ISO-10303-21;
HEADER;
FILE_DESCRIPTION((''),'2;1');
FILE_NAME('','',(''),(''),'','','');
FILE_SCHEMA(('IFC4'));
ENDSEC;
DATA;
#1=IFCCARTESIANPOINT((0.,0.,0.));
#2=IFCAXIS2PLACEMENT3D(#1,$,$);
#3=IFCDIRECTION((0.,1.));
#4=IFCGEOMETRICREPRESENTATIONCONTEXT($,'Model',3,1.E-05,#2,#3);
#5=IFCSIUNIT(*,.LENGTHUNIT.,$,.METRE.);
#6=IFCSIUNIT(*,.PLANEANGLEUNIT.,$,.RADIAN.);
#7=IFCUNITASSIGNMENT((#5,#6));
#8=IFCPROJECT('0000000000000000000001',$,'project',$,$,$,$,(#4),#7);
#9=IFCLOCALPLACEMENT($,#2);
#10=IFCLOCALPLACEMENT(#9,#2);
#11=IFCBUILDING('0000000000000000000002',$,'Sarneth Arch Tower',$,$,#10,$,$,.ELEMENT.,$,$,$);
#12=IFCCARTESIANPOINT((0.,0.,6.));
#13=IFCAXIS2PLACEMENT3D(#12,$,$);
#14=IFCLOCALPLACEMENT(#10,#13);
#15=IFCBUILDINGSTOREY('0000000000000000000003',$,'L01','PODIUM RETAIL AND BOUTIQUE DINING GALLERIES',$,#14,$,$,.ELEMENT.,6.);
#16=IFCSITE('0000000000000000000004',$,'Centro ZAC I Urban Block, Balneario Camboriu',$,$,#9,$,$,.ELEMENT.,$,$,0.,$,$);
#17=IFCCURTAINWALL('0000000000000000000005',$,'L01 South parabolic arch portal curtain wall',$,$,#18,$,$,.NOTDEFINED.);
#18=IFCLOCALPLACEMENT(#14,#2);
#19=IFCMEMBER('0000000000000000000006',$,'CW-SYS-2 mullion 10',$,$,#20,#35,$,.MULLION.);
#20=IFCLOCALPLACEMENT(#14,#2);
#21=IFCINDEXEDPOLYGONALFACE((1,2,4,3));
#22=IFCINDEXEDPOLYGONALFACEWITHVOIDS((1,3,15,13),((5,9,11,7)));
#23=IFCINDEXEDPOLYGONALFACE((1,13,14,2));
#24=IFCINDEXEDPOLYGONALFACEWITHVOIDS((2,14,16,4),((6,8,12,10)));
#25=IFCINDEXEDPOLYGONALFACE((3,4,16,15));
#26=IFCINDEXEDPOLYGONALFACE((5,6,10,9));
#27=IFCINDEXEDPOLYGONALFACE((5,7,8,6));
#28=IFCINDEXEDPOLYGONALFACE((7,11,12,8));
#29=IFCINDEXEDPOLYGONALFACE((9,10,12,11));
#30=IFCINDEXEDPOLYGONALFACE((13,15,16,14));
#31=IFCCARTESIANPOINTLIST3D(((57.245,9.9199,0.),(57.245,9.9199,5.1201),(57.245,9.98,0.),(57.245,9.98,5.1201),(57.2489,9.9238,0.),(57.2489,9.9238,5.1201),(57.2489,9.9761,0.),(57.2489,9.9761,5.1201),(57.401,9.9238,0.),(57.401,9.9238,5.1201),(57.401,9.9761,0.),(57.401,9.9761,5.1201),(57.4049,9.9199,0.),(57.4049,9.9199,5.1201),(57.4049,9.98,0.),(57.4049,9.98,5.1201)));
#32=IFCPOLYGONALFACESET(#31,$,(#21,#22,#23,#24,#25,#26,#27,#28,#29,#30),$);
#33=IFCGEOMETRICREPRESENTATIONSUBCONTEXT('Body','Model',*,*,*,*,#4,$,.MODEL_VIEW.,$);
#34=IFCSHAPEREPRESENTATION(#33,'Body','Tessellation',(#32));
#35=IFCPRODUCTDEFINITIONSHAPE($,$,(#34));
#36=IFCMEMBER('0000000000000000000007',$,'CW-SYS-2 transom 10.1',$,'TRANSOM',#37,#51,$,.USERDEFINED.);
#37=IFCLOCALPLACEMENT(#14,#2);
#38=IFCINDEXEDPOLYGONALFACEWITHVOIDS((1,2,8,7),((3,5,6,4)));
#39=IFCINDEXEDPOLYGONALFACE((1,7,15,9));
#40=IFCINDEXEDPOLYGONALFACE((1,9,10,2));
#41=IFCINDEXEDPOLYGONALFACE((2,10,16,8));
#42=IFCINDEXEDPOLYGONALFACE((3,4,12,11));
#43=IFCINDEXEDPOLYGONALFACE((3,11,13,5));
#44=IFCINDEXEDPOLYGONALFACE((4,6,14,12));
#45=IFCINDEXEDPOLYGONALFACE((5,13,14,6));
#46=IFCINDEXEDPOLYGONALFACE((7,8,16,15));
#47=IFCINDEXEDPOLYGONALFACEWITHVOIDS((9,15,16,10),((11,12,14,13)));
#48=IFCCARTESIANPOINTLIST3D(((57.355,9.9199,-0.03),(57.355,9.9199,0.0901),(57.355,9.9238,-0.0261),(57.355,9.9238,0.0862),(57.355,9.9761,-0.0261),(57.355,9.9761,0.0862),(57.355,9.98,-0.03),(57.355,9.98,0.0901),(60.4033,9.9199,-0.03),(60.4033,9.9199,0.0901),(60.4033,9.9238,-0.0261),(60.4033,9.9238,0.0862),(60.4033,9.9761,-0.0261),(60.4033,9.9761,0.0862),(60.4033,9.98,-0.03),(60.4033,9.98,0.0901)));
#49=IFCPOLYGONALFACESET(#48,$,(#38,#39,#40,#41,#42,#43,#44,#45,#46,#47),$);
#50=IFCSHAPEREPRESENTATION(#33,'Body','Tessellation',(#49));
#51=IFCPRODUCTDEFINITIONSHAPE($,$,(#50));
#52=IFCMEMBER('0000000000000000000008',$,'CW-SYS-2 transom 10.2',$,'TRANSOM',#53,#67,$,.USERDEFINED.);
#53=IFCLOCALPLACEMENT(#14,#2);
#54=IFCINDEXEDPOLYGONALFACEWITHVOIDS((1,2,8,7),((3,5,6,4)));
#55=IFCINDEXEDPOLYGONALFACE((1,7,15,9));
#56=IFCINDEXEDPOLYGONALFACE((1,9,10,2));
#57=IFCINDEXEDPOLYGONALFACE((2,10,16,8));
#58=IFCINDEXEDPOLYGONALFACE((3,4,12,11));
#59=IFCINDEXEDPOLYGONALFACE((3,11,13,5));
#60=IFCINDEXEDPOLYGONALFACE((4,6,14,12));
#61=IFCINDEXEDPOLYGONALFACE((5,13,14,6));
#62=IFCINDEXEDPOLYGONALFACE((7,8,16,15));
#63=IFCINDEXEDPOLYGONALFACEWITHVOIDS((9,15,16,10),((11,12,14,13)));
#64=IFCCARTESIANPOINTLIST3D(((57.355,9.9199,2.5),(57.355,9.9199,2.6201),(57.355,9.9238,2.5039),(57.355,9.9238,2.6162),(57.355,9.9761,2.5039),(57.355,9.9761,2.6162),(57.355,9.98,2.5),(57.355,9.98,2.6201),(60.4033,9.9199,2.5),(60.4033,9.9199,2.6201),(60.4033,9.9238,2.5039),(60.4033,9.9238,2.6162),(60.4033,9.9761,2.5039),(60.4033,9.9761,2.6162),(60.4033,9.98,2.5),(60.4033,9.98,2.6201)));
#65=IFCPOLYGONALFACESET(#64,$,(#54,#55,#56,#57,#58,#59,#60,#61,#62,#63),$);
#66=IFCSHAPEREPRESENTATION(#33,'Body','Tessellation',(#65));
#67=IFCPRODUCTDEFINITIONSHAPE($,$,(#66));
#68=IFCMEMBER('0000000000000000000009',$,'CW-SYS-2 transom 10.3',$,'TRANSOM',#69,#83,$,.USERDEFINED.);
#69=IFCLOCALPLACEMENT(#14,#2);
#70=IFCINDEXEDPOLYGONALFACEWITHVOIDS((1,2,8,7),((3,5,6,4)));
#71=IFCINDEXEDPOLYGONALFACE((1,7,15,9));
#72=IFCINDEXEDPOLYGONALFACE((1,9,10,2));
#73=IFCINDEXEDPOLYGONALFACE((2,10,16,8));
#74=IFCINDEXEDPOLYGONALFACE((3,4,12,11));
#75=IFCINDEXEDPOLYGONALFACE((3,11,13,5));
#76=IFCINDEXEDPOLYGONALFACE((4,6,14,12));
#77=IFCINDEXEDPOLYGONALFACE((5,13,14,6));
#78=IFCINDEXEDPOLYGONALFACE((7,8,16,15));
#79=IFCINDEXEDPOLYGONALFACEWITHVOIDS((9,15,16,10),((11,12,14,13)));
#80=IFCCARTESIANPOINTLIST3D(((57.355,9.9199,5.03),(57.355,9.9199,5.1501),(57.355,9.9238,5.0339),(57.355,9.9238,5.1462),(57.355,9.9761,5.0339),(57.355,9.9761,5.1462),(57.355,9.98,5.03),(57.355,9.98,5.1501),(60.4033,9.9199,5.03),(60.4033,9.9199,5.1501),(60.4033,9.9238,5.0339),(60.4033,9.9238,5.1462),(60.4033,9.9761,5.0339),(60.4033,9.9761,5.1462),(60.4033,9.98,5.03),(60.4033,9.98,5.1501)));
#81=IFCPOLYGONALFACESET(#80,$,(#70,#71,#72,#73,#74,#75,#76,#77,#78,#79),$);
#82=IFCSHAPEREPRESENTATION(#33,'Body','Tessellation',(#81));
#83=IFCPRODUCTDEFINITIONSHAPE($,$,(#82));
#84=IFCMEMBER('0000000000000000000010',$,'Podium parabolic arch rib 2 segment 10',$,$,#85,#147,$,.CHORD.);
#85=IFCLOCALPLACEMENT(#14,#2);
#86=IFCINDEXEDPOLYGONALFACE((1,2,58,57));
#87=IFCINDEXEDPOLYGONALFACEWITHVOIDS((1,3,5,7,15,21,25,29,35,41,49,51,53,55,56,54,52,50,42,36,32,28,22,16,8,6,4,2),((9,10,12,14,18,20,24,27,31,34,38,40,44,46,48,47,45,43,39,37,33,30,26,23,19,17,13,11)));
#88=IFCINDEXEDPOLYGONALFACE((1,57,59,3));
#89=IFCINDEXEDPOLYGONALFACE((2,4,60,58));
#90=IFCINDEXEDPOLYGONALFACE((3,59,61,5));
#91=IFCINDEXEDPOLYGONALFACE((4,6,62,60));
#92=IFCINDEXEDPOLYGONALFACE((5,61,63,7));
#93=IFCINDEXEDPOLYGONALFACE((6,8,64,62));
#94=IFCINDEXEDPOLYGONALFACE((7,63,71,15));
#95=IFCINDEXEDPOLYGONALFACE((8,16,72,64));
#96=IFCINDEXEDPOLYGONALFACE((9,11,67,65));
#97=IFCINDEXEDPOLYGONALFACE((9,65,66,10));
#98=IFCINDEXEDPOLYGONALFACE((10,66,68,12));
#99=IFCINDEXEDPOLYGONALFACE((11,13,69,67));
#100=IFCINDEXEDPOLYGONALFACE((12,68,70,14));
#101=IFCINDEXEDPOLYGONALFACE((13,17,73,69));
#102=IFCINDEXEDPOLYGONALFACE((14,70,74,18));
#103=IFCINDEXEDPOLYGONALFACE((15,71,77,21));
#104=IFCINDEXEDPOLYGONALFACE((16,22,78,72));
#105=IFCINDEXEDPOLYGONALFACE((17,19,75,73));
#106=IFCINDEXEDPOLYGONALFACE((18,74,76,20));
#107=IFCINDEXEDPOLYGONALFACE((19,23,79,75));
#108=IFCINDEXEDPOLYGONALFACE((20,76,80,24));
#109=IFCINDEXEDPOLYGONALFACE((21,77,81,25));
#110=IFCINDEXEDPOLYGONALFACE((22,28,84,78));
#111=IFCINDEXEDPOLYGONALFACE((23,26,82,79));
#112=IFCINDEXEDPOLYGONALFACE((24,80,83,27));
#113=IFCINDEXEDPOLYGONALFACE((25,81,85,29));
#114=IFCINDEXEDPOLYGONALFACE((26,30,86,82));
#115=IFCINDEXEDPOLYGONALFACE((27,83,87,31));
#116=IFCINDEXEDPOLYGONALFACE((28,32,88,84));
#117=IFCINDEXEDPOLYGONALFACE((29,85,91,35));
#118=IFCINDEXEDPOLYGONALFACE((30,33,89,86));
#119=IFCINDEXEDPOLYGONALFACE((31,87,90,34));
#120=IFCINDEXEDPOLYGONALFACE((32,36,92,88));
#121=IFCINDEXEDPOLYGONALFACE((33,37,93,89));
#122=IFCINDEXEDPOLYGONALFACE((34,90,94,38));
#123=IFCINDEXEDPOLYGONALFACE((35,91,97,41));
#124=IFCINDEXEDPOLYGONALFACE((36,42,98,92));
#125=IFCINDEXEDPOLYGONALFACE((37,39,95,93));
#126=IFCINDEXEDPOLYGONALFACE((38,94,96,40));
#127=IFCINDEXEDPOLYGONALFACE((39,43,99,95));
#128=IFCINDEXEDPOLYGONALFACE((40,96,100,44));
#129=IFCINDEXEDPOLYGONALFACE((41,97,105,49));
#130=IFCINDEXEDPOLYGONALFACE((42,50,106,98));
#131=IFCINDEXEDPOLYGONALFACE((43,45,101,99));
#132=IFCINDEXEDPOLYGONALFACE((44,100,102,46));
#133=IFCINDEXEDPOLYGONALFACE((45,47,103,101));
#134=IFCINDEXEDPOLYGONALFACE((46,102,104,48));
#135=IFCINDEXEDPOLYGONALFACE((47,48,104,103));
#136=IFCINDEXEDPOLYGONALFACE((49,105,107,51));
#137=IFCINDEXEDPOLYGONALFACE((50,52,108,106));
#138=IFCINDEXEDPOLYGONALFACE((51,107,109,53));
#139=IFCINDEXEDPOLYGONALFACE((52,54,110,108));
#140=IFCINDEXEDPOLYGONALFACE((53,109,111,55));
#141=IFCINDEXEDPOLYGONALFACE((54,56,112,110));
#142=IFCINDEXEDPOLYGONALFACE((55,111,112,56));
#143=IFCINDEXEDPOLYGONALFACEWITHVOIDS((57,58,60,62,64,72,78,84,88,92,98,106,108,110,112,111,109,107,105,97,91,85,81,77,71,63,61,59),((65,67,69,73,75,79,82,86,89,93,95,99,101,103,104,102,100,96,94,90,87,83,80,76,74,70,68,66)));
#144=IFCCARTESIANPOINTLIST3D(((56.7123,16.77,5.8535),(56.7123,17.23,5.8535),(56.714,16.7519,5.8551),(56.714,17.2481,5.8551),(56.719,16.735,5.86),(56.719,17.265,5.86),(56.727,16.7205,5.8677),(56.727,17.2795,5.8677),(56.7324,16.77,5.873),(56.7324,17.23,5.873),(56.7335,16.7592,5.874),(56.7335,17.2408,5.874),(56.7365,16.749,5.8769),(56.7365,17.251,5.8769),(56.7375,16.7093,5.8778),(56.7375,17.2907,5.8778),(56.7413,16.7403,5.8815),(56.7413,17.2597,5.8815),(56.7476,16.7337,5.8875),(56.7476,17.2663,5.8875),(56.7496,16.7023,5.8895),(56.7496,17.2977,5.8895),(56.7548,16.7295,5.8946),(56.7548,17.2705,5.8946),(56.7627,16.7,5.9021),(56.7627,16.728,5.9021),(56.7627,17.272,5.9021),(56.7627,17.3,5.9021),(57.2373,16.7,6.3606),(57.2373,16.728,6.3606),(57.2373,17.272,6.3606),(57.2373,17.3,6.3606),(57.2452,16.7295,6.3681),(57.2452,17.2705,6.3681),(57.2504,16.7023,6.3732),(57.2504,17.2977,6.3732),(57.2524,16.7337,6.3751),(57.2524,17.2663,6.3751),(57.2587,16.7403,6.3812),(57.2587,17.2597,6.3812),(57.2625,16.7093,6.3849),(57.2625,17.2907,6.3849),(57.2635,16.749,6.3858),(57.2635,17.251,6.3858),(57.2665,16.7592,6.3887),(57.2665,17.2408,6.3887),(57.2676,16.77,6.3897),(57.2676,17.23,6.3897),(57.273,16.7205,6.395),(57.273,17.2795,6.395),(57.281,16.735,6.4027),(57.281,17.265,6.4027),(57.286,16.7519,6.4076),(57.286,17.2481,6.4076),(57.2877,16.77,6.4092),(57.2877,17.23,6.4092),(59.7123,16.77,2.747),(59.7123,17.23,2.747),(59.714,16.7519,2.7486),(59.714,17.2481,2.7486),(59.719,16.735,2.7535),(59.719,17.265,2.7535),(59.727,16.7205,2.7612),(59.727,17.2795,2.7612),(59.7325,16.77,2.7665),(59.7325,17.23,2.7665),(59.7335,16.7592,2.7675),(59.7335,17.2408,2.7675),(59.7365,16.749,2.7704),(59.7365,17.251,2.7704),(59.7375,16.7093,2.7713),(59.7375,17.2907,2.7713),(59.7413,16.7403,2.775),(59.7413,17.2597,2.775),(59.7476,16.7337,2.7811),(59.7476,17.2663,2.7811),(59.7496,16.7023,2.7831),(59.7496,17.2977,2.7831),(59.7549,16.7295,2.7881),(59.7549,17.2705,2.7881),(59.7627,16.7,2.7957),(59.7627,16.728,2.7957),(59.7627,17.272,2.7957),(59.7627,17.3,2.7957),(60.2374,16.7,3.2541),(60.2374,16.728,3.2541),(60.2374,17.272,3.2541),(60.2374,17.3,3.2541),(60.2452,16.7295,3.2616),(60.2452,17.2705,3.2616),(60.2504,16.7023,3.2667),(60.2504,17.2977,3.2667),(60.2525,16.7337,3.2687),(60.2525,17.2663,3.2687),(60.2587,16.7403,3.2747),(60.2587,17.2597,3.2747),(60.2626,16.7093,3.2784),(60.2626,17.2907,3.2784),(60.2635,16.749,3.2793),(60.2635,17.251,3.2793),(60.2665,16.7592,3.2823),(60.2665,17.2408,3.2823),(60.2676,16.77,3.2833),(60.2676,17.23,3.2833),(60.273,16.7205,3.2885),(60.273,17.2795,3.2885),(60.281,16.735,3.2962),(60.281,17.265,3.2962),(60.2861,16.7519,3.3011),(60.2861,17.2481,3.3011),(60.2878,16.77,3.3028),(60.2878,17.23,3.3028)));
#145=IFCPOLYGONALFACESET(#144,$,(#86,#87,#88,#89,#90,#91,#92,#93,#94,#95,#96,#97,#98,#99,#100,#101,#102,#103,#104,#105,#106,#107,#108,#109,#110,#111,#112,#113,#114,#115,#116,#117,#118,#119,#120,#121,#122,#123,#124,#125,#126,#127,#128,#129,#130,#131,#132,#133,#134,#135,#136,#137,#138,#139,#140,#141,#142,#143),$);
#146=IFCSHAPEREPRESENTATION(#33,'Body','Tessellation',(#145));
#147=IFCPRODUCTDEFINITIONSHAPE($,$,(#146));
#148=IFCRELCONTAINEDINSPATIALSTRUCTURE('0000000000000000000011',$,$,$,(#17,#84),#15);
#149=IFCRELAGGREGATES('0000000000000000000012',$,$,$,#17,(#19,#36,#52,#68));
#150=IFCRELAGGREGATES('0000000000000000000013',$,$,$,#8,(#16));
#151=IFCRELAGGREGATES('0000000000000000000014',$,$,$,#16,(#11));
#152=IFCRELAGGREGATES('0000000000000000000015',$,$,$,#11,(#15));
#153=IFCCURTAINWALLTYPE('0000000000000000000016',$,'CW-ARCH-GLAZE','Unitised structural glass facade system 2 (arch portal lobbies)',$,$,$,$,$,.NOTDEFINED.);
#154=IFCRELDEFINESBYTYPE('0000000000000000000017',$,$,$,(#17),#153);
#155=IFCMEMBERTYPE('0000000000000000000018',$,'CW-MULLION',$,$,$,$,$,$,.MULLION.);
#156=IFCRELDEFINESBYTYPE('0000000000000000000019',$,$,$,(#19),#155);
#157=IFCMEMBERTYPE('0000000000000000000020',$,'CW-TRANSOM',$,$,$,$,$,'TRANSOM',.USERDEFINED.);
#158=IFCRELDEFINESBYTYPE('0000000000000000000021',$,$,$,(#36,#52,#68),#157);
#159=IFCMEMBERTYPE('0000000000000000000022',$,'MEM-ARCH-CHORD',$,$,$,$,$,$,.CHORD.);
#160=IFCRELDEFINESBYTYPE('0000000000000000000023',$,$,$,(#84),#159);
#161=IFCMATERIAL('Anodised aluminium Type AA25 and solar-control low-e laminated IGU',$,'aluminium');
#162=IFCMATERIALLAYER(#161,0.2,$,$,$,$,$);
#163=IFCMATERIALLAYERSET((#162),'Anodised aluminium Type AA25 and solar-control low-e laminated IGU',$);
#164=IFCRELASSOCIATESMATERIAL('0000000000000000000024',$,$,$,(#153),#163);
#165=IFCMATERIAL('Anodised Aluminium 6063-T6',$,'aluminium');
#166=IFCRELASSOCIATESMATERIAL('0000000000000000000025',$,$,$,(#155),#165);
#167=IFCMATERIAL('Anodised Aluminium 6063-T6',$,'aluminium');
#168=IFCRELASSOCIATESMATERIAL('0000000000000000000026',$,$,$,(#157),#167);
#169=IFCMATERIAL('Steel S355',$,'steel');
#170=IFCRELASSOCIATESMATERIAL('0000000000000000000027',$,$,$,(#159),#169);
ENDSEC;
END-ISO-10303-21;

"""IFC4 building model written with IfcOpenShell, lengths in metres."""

from ifc_helpers import new_model, si_unit, direction, frame, origin, origin_2d, place, context, subcontext, project, spatial, hollow_rectangle, extrude, material, layer, layer_set, material_profile, profile_set, type_object, element, aggregate, save


model = new_model("IFC4")

# Units and contexts
model_context = context("Model", 3, precision=1e-05, world=origin(), true_north=direction((0.0, 1.0)))
body_context = subcontext(model_context, "Body", "Model", "MODEL_VIEW")
ifc_project = project(units=[si_unit("LENGTHUNIT", "METRE"), si_unit("PLANEANGLEUNIT", "RADIAN")], contexts=[model_context])

# Site, building, storey
site_placement = place(None, origin())
site = spatial("IfcSite", under=ifc_project, at=site_placement, Name="Centro ZAC I Urban Block, Balneario Camboriu", CompositionType="ELEMENT", RefElevation=0.0)
building_placement = place(site_placement, origin())
building = spatial("IfcBuilding", under=site, at=building_placement, Name="Sarneth Arch Tower", CompositionType="ELEMENT")
storey_placement = place(building_placement, frame((0.0, 0.0, 6.0)))
storey = spatial("IfcBuildingStorey", under=building, at=storey_placement, Name="L01", Description="PODIUM RETAIL AND BOUTIQUE DINING GALLERIES", CompositionType="ELEMENT", Elevation=6.0)

# Curtain wall, members
ifc_material_1 = material(Name="Anodised aluminium Type AA25 and solar-control low-e laminated IGU", Category="aluminium")
ifc_layer_1 = layer(ifc_material_1, 0.2)
ifc_layer_set_1 = layer_set([ifc_layer_1], Name="Anodised aluminium Type AA25 and solar-control low-e laminated IGU")
curtain_wall_type = type_object("IfcCurtainWallType", Name="CW-ARCH-GLAZE", Description="Unitised structural glass facade system 2 (arch portal lobbies)", PredefinedType="NOTDEFINED", material=ifc_layer_set_1)
curtain_wall_placement = place(storey_placement, origin())
curtain_wall = element("IfcCurtainWall", 1, at=curtain_wall_placement, inside=storey, type_object=curtain_wall_type, Name="L01 South parabolic arch portal curtain wall", PredefinedType="NOTDEFINED")
ifc_material_2 = material(Name="Anodised Aluminium 6063-T6", Category="aluminium")
ifc_material_profile_1 = material_profile(ifc_material_2, hollow_rectangle(XDim=0.0601, YDim=0.1599, WallThickness=0.0039, at=origin_2d()), Name="AL-MULL-160x60x4")
ifc_profile_set_1 = profile_set([ifc_material_profile_1], Name="Anodised Aluminium 6063-T6")
member_type_1 = type_object("IfcMemberType", Name="CW-MULLION", PredefinedType="MULLION", material=ifc_profile_set_1)
member_1_placement = place(storey_placement, frame((57.325, 9.95, 0.0), z_axis=(0.0, 0.0, 1.0), x_axis=(0.0, 1.0, 0.0)))
member_1 = element("IfcMember", 2, at=member_1_placement, type_object=member_type_1, Name="CW-SYS-2 mullion 10", PredefinedType="MULLION", context=body_context, shape_type="SweptSolid", body=[
    extrude(hollow_rectangle(XDim=0.0601, YDim=0.1599, WallThickness=0.0039, at=origin_2d()), origin(), (0.0, 0.0, 1.0), 5.1201),
])
ifc_material_3 = material(Name="Anodised Aluminium 6063-T6", Category="aluminium")
ifc_material_profile_2 = material_profile(ifc_material_3, hollow_rectangle(XDim=0.0601, YDim=0.1201, WallThickness=0.0039, at=origin_2d()), Name="AL-TRAN-120x60x4")
ifc_profile_set_2 = profile_set([ifc_material_profile_2], Name="Anodised Aluminium 6063-T6")
member_type_2 = type_object("IfcMemberType", Name="CW-TRANSOM", ElementType="TRANSOM", PredefinedType="USERDEFINED", material=ifc_profile_set_2)
member_2_placement = place(storey_placement, frame((57.355, 9.95, 0.03), z_axis=(1.0, 0.0, 0.0), x_axis=(0.0, 1.0, 0.0)))
member_2 = element("IfcMember", 3, at=member_2_placement, type_object=member_type_2, Name="CW-SYS-2 transom 10.1", ObjectType="TRANSOM", PredefinedType="USERDEFINED", context=body_context, shape_type="SweptSolid", body=[
    extrude(hollow_rectangle(XDim=0.0601, YDim=0.1201, WallThickness=0.0039, at=origin_2d()), origin(), (0.0, 0.0, 1.0), 3.0483),
])
member_3_placement = place(storey_placement, frame((57.355, 9.95, 2.5601), z_axis=(1.0, 0.0, 0.0), x_axis=(0.0, 1.0, 0.0)))
member_3 = element("IfcMember", 4, at=member_3_placement, type_object=member_type_2, Name="CW-SYS-2 transom 10.2", ObjectType="TRANSOM", PredefinedType="USERDEFINED", context=body_context, shape_type="SweptSolid", body=[
    extrude(hollow_rectangle(XDim=0.0601, YDim=0.1201, WallThickness=0.0039, at=origin_2d()), origin(), (0.0, 0.0, 1.0), 3.0483),
])
member_4_placement = place(storey_placement, frame((57.355, 9.95, 5.0901), z_axis=(1.0, 0.0, 0.0), x_axis=(0.0, 1.0, 0.0)))
member_4 = element("IfcMember", 5, at=member_4_placement, type_object=member_type_2, Name="CW-SYS-2 transom 10.3", ObjectType="TRANSOM", PredefinedType="USERDEFINED", context=body_context, shape_type="SweptSolid", body=[
    extrude(hollow_rectangle(XDim=0.0601, YDim=0.1201, WallThickness=0.0039, at=origin_2d()), origin(), (0.0, 0.0, 1.0), 3.0483),
])

# Member
ifc_material_4 = material(Name="Steel S355", Category="steel")
ifc_material_profile_3 = material_profile(ifc_material_4, hollow_rectangle(XDim=0.6001, YDim=0.8, WallThickness=0.0281, InnerFilletRadius=0.042, OuterFilletRadius=0.0701, at=origin_2d()), Name="RHS800x600x28")
ifc_profile_set_3 = profile_set([ifc_material_profile_3], Name="Steel S355")
member_type_3 = type_object("IfcMemberType", Name="MEM-ARCH-CHORD", PredefinedType="CHORD", material=ifc_profile_set_3)
member_5_placement = place(storey_placement, frame((57.0, 17.0, 6.1313), z_axis=(0.694675, 0.0, -0.719324), x_axis=(0.0, 1.0, 0.0)))
element("IfcMember", 6, at=member_5_placement, inside=storey, type_object=member_type_3, Name="Podium parabolic arch rib 2 segment 10", PredefinedType="CHORD", context=body_context, shape_type="SweptSolid", body=[
    extrude(hollow_rectangle(XDim=0.6001, YDim=0.8, WallThickness=0.0281, InnerFilletRadius=0.042, OuterFilletRadius=0.0701, at=origin_2d()), origin(), (0.0, 0.0, 1.0), 4.3186),
])

aggregate(curtain_wall, [member_1, member_2, member_3, member_4])

save(model, "model.ifc")
